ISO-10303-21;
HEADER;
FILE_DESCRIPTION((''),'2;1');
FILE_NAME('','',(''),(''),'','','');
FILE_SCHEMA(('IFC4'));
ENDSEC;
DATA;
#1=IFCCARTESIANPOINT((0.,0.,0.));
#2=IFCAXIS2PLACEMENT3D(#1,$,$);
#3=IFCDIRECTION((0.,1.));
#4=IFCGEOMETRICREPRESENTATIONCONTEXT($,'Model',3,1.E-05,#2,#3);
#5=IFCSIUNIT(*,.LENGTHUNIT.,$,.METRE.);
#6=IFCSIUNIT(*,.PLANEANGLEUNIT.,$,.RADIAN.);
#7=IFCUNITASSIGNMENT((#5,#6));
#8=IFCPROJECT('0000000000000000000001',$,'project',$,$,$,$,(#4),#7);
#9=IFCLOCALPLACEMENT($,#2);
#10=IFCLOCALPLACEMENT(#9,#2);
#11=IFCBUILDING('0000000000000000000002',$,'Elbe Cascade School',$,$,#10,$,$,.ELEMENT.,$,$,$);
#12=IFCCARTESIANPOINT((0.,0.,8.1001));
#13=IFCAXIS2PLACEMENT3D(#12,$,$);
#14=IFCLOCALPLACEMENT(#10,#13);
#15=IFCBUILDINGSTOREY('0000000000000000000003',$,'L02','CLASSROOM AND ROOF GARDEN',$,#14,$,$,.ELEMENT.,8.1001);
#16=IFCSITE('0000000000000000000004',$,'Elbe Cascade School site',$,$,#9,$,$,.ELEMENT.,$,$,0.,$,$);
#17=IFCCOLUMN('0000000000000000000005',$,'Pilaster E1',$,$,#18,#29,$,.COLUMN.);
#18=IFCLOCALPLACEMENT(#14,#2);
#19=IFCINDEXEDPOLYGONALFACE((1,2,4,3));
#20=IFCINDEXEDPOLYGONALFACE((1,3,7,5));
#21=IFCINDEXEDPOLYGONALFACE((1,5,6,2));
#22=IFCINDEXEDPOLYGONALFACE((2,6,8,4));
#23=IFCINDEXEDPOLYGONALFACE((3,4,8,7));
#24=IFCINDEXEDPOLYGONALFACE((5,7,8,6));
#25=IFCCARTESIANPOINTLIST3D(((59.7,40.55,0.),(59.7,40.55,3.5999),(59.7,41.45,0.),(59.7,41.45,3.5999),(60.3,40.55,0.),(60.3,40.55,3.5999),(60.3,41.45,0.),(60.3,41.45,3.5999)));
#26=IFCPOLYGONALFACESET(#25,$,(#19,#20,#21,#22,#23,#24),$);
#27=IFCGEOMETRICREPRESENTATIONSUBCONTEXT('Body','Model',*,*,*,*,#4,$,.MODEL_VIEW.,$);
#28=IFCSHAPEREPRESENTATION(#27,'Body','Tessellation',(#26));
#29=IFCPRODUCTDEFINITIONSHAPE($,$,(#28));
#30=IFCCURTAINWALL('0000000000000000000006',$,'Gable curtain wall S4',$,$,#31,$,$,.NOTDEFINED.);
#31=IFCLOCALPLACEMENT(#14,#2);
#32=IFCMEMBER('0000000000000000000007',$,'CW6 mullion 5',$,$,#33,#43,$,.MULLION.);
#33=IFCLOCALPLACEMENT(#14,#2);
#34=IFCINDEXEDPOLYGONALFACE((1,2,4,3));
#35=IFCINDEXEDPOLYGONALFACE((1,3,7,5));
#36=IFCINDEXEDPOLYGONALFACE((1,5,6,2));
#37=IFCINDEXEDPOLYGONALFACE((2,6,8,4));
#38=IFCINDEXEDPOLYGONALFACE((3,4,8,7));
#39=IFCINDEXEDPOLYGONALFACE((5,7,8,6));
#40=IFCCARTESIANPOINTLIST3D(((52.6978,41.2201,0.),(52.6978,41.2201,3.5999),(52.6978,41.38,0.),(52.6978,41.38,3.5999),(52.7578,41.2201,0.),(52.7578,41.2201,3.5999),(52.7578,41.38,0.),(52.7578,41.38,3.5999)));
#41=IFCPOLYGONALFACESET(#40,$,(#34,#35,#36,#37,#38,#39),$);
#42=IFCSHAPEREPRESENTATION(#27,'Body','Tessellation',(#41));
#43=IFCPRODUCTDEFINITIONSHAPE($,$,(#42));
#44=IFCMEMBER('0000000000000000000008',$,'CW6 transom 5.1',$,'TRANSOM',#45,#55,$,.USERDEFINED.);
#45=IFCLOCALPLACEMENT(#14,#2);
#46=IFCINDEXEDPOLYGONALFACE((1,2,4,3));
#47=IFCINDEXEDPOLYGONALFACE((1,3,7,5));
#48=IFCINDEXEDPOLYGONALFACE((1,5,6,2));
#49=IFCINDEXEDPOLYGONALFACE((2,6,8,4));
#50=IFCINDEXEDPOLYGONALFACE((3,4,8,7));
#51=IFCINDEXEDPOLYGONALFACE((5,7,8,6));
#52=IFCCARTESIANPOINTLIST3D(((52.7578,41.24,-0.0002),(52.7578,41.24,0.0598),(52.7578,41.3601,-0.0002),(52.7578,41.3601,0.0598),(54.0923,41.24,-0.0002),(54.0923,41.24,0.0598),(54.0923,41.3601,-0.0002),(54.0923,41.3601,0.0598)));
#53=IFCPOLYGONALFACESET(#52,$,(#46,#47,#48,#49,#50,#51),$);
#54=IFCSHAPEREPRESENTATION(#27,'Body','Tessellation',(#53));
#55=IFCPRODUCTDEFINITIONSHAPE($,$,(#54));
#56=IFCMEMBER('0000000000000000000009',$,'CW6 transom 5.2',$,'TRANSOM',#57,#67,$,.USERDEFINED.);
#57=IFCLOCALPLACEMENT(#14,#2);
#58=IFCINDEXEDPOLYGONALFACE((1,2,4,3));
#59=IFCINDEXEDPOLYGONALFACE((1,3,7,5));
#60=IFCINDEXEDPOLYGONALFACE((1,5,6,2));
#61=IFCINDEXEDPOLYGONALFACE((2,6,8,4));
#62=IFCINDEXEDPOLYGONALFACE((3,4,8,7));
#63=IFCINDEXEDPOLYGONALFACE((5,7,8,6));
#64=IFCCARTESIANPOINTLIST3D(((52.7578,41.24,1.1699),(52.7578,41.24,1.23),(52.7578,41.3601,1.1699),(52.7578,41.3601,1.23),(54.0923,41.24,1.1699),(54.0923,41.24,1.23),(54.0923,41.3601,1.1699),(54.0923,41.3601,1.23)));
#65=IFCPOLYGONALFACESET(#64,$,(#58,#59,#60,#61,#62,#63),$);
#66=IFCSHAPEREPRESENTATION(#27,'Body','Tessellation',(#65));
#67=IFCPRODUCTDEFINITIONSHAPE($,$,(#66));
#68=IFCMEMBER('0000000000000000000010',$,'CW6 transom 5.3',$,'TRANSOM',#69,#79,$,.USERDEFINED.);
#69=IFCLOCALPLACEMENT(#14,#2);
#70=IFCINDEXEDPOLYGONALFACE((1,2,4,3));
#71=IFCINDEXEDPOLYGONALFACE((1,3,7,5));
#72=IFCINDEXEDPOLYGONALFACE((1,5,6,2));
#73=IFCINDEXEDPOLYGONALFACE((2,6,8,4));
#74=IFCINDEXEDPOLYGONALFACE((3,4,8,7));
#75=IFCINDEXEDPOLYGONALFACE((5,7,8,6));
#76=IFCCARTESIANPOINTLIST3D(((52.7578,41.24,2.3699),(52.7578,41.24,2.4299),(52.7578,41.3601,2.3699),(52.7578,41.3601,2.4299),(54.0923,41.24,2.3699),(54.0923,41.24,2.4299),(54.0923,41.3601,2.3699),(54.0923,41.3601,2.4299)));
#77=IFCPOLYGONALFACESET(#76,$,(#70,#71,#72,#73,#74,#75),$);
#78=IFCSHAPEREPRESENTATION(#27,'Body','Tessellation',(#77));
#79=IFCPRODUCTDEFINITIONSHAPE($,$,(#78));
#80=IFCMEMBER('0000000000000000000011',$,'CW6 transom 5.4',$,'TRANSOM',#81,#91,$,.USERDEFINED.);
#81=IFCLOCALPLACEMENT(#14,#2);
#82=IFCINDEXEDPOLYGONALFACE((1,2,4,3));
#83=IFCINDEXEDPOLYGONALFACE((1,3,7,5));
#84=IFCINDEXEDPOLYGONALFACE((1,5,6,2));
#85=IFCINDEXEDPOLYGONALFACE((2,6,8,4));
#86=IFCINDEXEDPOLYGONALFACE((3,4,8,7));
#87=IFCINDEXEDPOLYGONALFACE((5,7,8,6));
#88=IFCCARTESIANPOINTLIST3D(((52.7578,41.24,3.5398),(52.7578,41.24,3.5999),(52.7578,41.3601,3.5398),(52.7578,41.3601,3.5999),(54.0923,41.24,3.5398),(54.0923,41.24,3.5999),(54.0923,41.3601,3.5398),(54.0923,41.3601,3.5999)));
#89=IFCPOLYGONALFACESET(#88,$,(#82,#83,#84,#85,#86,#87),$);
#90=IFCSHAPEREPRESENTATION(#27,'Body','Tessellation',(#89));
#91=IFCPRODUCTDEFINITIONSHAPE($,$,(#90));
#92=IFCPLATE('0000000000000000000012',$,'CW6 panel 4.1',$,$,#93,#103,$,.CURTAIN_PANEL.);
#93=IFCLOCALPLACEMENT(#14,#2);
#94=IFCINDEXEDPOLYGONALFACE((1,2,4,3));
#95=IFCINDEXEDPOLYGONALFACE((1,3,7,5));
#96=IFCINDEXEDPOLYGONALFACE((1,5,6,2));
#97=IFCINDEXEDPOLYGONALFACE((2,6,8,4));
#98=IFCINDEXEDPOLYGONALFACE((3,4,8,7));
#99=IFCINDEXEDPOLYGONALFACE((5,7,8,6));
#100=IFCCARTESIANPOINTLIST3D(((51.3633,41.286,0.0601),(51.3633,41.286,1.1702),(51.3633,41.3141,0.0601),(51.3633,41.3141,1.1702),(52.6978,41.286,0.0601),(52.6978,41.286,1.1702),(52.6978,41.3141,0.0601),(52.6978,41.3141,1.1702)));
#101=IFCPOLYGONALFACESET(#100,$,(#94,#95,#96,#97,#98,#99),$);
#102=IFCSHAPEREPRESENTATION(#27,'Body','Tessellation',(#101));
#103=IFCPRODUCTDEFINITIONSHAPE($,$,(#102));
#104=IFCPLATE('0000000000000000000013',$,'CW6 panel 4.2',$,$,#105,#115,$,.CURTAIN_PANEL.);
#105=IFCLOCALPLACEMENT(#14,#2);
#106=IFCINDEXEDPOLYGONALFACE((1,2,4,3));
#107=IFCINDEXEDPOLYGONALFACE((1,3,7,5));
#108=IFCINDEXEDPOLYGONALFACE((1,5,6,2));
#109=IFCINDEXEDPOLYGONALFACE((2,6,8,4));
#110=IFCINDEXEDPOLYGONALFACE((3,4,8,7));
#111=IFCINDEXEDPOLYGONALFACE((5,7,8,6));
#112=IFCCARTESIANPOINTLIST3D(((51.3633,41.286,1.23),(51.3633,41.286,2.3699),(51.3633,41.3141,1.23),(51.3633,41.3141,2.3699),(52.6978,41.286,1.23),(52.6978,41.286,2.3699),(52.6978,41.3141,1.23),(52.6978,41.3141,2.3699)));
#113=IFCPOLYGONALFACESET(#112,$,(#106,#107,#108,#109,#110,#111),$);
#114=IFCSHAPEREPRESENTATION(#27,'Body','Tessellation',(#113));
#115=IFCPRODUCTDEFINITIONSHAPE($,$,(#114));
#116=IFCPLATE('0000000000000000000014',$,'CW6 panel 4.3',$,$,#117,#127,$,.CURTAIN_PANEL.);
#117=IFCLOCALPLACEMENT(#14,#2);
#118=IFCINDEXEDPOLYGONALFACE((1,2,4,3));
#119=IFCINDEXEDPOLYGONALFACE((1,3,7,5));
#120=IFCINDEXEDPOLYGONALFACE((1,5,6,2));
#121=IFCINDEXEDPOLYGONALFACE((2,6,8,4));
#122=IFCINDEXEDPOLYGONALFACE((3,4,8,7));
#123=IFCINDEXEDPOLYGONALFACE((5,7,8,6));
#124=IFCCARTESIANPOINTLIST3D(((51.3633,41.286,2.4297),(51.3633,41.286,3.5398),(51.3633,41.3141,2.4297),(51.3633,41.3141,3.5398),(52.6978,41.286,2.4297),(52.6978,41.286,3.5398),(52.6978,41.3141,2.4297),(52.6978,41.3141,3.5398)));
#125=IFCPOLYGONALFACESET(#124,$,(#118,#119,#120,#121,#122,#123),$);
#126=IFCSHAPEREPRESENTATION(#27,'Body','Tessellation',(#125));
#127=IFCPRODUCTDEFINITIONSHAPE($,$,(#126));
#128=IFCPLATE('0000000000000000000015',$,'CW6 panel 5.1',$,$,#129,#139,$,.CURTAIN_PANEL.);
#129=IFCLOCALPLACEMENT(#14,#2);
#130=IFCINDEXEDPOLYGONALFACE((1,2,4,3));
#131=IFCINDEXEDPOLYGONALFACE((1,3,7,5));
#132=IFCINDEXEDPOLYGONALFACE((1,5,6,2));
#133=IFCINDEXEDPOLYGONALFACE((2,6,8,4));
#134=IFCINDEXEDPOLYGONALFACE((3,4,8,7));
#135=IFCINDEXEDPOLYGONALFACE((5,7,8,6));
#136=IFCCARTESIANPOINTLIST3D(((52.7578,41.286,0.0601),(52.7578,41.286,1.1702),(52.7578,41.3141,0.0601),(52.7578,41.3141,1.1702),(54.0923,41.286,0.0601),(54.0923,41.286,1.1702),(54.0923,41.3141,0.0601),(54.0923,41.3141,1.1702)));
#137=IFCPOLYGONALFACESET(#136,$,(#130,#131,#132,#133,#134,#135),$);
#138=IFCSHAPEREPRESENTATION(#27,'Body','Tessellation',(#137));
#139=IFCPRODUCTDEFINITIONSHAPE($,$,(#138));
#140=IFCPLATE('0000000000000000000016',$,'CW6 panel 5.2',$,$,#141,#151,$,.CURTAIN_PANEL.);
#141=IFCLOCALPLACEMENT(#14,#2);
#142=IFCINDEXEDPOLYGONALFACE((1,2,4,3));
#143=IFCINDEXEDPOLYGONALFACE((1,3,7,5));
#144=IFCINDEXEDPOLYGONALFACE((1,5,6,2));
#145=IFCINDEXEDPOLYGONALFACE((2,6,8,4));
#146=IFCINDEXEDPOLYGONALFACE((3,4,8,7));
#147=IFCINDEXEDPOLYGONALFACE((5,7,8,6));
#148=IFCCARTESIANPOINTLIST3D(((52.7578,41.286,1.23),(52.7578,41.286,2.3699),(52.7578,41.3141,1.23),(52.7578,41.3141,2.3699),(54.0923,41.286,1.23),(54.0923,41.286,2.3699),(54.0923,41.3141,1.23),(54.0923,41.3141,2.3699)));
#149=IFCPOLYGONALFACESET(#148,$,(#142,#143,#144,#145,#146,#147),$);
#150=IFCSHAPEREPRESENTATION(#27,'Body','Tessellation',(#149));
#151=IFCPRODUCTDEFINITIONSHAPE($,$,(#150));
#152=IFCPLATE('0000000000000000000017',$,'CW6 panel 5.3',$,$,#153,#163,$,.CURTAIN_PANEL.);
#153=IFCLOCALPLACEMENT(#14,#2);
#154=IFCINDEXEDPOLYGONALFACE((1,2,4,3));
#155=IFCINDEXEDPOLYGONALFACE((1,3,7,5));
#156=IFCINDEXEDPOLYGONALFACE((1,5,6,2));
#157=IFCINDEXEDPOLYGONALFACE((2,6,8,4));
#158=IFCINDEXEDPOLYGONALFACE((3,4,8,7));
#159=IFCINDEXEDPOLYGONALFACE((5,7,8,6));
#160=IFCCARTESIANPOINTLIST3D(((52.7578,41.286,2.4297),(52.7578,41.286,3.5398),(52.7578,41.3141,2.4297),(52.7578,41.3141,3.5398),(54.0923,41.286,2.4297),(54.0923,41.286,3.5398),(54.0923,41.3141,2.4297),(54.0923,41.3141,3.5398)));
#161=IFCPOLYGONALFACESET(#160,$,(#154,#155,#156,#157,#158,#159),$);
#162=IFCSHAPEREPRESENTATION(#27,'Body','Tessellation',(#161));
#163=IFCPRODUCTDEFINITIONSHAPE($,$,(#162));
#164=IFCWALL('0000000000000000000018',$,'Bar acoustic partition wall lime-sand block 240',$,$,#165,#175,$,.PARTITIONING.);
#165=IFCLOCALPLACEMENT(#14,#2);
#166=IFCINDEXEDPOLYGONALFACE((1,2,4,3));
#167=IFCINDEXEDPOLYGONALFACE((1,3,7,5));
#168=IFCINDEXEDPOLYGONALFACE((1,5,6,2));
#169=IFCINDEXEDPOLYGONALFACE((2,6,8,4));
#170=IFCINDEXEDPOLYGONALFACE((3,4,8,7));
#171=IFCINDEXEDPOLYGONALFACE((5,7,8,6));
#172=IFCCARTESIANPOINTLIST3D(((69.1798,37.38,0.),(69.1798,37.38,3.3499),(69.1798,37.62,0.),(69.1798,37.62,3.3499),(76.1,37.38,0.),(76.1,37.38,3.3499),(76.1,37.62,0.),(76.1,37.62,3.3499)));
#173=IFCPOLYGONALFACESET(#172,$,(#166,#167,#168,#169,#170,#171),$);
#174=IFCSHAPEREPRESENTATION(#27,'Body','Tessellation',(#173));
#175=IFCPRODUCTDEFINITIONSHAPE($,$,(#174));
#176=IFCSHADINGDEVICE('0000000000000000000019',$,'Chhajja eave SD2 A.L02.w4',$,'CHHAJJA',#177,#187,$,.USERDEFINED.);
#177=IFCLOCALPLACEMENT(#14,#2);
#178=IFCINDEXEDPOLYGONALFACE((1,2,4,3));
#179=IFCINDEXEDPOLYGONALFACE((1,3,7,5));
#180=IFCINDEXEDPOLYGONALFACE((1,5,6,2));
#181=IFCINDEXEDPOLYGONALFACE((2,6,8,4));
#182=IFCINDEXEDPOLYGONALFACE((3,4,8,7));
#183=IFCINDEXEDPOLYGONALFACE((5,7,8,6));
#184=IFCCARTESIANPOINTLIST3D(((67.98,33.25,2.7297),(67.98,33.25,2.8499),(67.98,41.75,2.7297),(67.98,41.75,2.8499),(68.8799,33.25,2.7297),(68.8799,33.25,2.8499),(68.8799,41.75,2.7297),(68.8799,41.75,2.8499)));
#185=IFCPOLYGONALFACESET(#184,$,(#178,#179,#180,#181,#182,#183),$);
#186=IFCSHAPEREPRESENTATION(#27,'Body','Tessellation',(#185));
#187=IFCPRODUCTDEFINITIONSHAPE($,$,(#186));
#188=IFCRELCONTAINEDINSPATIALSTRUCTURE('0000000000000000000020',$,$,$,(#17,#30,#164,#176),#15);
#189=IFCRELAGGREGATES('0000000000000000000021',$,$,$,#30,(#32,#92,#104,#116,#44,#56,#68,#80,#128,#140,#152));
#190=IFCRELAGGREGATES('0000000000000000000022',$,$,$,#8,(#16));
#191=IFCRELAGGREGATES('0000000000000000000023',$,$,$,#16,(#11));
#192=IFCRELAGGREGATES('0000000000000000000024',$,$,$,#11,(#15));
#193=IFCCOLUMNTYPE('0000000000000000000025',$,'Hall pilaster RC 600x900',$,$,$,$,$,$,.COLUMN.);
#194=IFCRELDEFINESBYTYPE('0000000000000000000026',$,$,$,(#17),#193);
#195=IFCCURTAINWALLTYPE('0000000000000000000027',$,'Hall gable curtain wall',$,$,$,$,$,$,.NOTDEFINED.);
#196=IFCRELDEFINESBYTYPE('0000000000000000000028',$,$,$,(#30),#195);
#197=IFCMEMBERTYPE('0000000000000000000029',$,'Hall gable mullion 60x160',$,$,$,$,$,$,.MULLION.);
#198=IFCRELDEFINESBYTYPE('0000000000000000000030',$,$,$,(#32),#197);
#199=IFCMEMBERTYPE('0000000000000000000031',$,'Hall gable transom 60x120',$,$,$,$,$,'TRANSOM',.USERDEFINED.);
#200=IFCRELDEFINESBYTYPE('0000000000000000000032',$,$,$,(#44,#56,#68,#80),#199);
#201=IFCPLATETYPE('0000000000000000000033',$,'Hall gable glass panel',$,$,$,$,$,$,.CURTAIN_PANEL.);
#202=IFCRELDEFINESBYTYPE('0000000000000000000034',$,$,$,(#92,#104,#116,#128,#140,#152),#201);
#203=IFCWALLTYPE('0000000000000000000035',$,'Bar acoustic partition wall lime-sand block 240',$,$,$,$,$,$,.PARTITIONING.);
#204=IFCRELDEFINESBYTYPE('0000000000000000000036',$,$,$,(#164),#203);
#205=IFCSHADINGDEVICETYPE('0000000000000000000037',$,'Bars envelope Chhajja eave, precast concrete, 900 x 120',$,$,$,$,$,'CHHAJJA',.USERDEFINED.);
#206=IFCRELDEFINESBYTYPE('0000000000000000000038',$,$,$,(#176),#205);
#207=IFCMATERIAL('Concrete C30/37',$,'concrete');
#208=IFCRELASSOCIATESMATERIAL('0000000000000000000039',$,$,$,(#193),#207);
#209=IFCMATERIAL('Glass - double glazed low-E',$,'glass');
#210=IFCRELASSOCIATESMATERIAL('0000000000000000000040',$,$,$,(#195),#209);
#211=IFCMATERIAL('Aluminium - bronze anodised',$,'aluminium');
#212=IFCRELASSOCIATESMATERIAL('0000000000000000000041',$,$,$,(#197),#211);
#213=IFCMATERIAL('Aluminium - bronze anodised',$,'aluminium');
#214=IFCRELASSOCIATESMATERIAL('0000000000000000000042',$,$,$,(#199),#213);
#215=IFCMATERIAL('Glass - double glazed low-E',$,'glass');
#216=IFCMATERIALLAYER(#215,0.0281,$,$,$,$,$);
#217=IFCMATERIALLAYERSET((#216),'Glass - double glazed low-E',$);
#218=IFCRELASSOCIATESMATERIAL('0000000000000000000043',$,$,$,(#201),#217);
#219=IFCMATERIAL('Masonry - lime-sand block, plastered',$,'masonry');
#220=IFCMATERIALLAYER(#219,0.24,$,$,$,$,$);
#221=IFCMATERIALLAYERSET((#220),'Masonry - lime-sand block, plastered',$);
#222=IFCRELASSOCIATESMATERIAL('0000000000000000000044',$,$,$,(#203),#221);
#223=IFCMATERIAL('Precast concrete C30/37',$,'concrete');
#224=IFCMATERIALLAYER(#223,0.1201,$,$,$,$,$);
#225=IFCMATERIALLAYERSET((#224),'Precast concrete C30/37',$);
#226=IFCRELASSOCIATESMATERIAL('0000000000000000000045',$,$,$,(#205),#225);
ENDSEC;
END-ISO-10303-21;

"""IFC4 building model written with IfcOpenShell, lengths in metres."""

from ifc_helpers import new_model, si_unit, direction, frame, frame_2d, origin, origin_2d, place, context, subcontext, project, spatial, rectangle, extrude, material, layer, layer_set, material_profile, profile_set, type_object, element, aggregate, save


model = new_model("IFC4")

# Units and contexts
model_context = context("Model", 3, precision=1e-05, world=origin(), true_north=direction((0.0, 1.0)))
body_context = subcontext(model_context, "Body", "Model", "MODEL_VIEW")
ifc_project = project(units=[si_unit("LENGTHUNIT", "METRE"), si_unit("PLANEANGLEUNIT", "RADIAN")], contexts=[model_context])

# Site, building, storey
site_placement = place(None, origin())
site = spatial("IfcSite", under=ifc_project, at=site_placement, Name="Elbe Cascade School site", CompositionType="ELEMENT", RefElevation=0.0)
building_placement = place(site_placement, origin())
building = spatial("IfcBuilding", under=site, at=building_placement, Name="Elbe Cascade School", CompositionType="ELEMENT")
storey_placement = place(building_placement, frame((0.0, 0.0, 8.1001)))
storey = spatial("IfcBuildingStorey", under=building, at=storey_placement, Name="L02", Description="CLASSROOM AND ROOF GARDEN", CompositionType="ELEMENT", Elevation=8.1001)

# Column
ifc_material_1 = material(Name="Concrete C30/37", Category="concrete")
ifc_material_profile_1 = material_profile(ifc_material_1, rectangle(XDim=0.6001, YDim=0.8999, at=origin_2d()), Name="RC 600x900")
ifc_profile_set_1 = profile_set([ifc_material_profile_1], Name="Concrete C30/37")
column_type = type_object("IfcColumnType", Name="Hall pilaster RC 600x900", PredefinedType="COLUMN", material=ifc_profile_set_1)
column_placement = place(storey_placement, frame((60.0, 41.0, 0.0), z_axis=(0.0, 0.0, 1.0), x_axis=(1.0, 0.0, 0.0)))
element("IfcColumn", 1, at=column_placement, inside=storey, type_object=column_type, Name="Pilaster E1", PredefinedType="COLUMN", context=body_context, shape_type="SweptSolid", body=[
    extrude(rectangle(XDim=0.6001, YDim=0.8999, at=origin_2d()), origin(), (0.0, 0.0, 1.0), 3.5999),
])

# Curtain wall, members, plates
ifc_material_2 = material(Name="Glass - double glazed low-E", Category="glass")
curtain_wall_type = type_object("IfcCurtainWallType", Name="Hall gable curtain wall", PredefinedType="NOTDEFINED", material=ifc_material_2)
curtain_wall_placement = place(storey_placement, origin())
curtain_wall = element("IfcCurtainWall", 2, at=curtain_wall_placement, inside=storey, type_object=curtain_wall_type, Name="Gable curtain wall S4", PredefinedType="NOTDEFINED")
ifc_material_3 = material(Name="Aluminium - bronze anodised", Category="aluminium")
ifc_material_profile_2 = material_profile(ifc_material_3, rectangle(XDim=0.1599, YDim=0.0601, at=origin_2d()), Name="Alu 60x160")
ifc_profile_set_2 = profile_set([ifc_material_profile_2], Name="Aluminium - bronze anodised")
member_type_1 = type_object("IfcMemberType", Name="Hall gable mullion 60x160", PredefinedType="MULLION", material=ifc_profile_set_2)
member_1_placement = place(storey_placement, frame((52.7278, 41.3, 0.0), z_axis=(0.0, 0.0, 1.0), x_axis=(0.0, 1.0, 0.0)))
member_1 = element("IfcMember", 3, at=member_1_placement, type_object=member_type_1, Name="CW6 mullion 5", PredefinedType="MULLION", context=body_context, shape_type="SweptSolid", body=[
    extrude(rectangle(XDim=0.1599, YDim=0.0601, at=origin_2d()), origin(), (0.0, 0.0, 1.0), 3.5999),
])
ifc_material_4 = material(Name="Aluminium - bronze anodised", Category="aluminium")
ifc_material_profile_3 = material_profile(ifc_material_4, rectangle(XDim=0.1201, YDim=0.0601, at=origin_2d()), Name="Alu 60x120")
ifc_profile_set_3 = profile_set([ifc_material_profile_3], Name="Aluminium - bronze anodised")
member_type_2 = type_object("IfcMemberType", Name="Hall gable transom 60x120", ElementType="TRANSOM", PredefinedType="USERDEFINED", material=ifc_profile_set_3)
member_2_placement = place(storey_placement, frame((52.7578, 41.3, 0.0298), z_axis=(1.0, 0.0, 0.0), x_axis=(0.0, 1.0, 0.0)))
member_2 = element("IfcMember", 4, at=member_2_placement, type_object=member_type_2, Name="CW6 transom 5.1", ObjectType="TRANSOM", PredefinedType="USERDEFINED", context=body_context, shape_type="SweptSolid", body=[
    extrude(rectangle(XDim=0.1201, YDim=0.0601, at=origin_2d()), origin(), (0.0, 0.0, 1.0), 1.3345),
])
member_3_placement = place(storey_placement, frame((52.7578, 41.3, 1.2), z_axis=(1.0, 0.0, 0.0), x_axis=(0.0, 1.0, 0.0)))
member_3 = element("IfcMember", 5, at=member_3_placement, type_object=member_type_2, Name="CW6 transom 5.2", ObjectType="TRANSOM", PredefinedType="USERDEFINED", context=body_context, shape_type="SweptSolid", body=[
    extrude(rectangle(XDim=0.1201, YDim=0.0601, at=origin_2d()), origin(), (0.0, 0.0, 1.0), 1.3345),
])
member_4_placement = place(storey_placement, frame((52.7578, 41.3, 2.3999), z_axis=(1.0, 0.0, 0.0), x_axis=(0.0, 1.0, 0.0)))
member_4 = element("IfcMember", 6, at=member_4_placement, type_object=member_type_2, Name="CW6 transom 5.3", ObjectType="TRANSOM", PredefinedType="USERDEFINED", context=body_context, shape_type="SweptSolid", body=[
    extrude(rectangle(XDim=0.1201, YDim=0.0601, at=origin_2d()), origin(), (0.0, 0.0, 1.0), 1.3345),
])
member_5_placement = place(storey_placement, frame((52.7578, 41.3, 3.5698), z_axis=(1.0, 0.0, 0.0), x_axis=(0.0, 1.0, 0.0)))
member_5 = element("IfcMember", 7, at=member_5_placement, type_object=member_type_2, Name="CW6 transom 5.4", ObjectType="TRANSOM", PredefinedType="USERDEFINED", context=body_context, shape_type="SweptSolid", body=[
    extrude(rectangle(XDim=0.1201, YDim=0.0601, at=origin_2d()), origin(), (0.0, 0.0, 1.0), 1.3345),
])
ifc_material_5 = material(Name="Glass - double glazed low-E", Category="glass")
ifc_layer_1 = layer(ifc_material_5, 0.0281)
ifc_layer_set_1 = layer_set([ifc_layer_1], Name="Glass - double glazed low-E")
plate_type = type_object("IfcPlateType", Name="Hall gable glass panel", PredefinedType="CURTAIN_PANEL", material=ifc_layer_set_1)
plate_1_placement = place(storey_placement, frame((52.0305, 41.3, 0.0601), z_axis=(0.0, 0.0, 1.0), x_axis=(1.0, 0.0, 0.0)))
plate_1 = element("IfcPlate", 8, at=plate_1_placement, type_object=plate_type, Name="CW6 panel 4.1", PredefinedType="CURTAIN_PANEL", context=body_context, shape_type="SweptSolid", body=[
    extrude(rectangle(XDim=1.3345, YDim=0.0281, at=origin_2d()), origin(), (0.0, 0.0, 1.0), 1.1101),
])
plate_2_placement = place(storey_placement, frame((52.0305, 41.3, 1.23), z_axis=(0.0, 0.0, 1.0), x_axis=(1.0, 0.0, 0.0)))
plate_2 = element("IfcPlate", 9, at=plate_2_placement, type_object=plate_type, Name="CW6 panel 4.2", PredefinedType="CURTAIN_PANEL", context=body_context, shape_type="SweptSolid", body=[
    extrude(rectangle(XDim=1.3345, YDim=0.0281, at=origin_2d()), origin(), (0.0, 0.0, 1.0), 1.1399),
])
plate_3_placement = place(storey_placement, frame((52.0305, 41.3, 2.4297), z_axis=(0.0, 0.0, 1.0), x_axis=(1.0, 0.0, 0.0)))
plate_3 = element("IfcPlate", 10, at=plate_3_placement, type_object=plate_type, Name="CW6 panel 4.3", PredefinedType="CURTAIN_PANEL", context=body_context, shape_type="SweptSolid", body=[
    extrude(rectangle(XDim=1.3345, YDim=0.0281, at=origin_2d()), origin(), (0.0, 0.0, 1.0), 1.1101),
])
plate_4_placement = place(storey_placement, frame((53.425, 41.3, 0.0601), z_axis=(0.0, 0.0, 1.0), x_axis=(1.0, 0.0, 0.0)))
plate_4 = element("IfcPlate", 11, at=plate_4_placement, type_object=plate_type, Name="CW6 panel 5.1", PredefinedType="CURTAIN_PANEL", context=body_context, shape_type="SweptSolid", body=[
    extrude(rectangle(XDim=1.3345, YDim=0.0281, at=origin_2d()), origin(), (0.0, 0.0, 1.0), 1.1101),
])
plate_5_placement = place(storey_placement, frame((53.425, 41.3, 1.23), z_axis=(0.0, 0.0, 1.0), x_axis=(1.0, 0.0, 0.0)))
plate_5 = element("IfcPlate", 12, at=plate_5_placement, type_object=plate_type, Name="CW6 panel 5.2", PredefinedType="CURTAIN_PANEL", context=body_context, shape_type="SweptSolid", body=[
    extrude(rectangle(XDim=1.3345, YDim=0.0281, at=origin_2d()), origin(), (0.0, 0.0, 1.0), 1.1399),
])
plate_6_placement = place(storey_placement, frame((53.425, 41.3, 2.4297), z_axis=(0.0, 0.0, 1.0), x_axis=(1.0, 0.0, 0.0)))
plate_6 = element("IfcPlate", 13, at=plate_6_placement, type_object=plate_type, Name="CW6 panel 5.3", PredefinedType="CURTAIN_PANEL", context=body_context, shape_type="SweptSolid", body=[
    extrude(rectangle(XDim=1.3345, YDim=0.0281, at=origin_2d()), origin(), (0.0, 0.0, 1.0), 1.1101),
])
aggregate(curtain_wall, [member_1, plate_1, plate_2, plate_3, member_2, member_3, member_4, member_5, plate_4, plate_5, plate_6])

# Wall
ifc_material_6 = material(Name="Masonry - lime-sand block, plastered", Category="masonry")
ifc_layer_2 = layer(ifc_material_6, 0.24)
ifc_layer_set_2 = layer_set([ifc_layer_2], Name="Masonry - lime-sand block, plastered")
wall_type = type_object("IfcWallType", Name="Bar acoustic partition wall lime-sand block 240", PredefinedType="PARTITIONING", material=ifc_layer_set_2)
wall_placement = place(storey_placement, frame((69.1799, 37.5, 0.0), z_axis=(0.0, 0.0, 1.0), x_axis=(1.0, 0.0, 0.0)))
element("IfcWall", 14, at=wall_placement, inside=storey, type_object=wall_type, Name="Bar acoustic partition wall lime-sand block 240", PredefinedType="PARTITIONING", context=body_context, shape_type="SweptSolid", body=[
    extrude(rectangle(XDim=6.9202, YDim=0.24, at=frame_2d((3.46, 0.0))), origin(), (0.0, 0.0, 1.0), 3.3499),
])

# Shading device
ifc_material_7 = material(Name="Precast concrete C30/37", Category="concrete")
ifc_layer_3 = layer(ifc_material_7, 0.1201)
ifc_layer_set_3 = layer_set([ifc_layer_3], Name="Precast concrete C30/37")
shading_device_type_1 = type_object("IfcShadingDeviceType", Name="Bars envelope Chhajja eave, precast concrete, 900 x 120", ElementType="CHHAJJA", PredefinedType="USERDEFINED", material=ifc_layer_set_3)
shading_device_1_placement = place(storey_placement, frame((68.4299, 37.5, 2.7297), z_axis=(0.0, 0.0, 1.0), x_axis=(0.0, 1.0, 0.0)))
element("IfcShadingDevice", 15, at=shading_device_1_placement, inside=storey, type_object=shading_device_type_1, Name="Chhajja eave SD2 A.L02.w4", ObjectType="CHHAJJA", PredefinedType="USERDEFINED", context=body_context, shape_type="SweptSolid", body=[
    extrude(rectangle(XDim=8.5, YDim=0.8999, at=origin_2d()), origin(), (0.0, 0.0, 1.0), 0.1201),
])

save(model, "model.ifc")
